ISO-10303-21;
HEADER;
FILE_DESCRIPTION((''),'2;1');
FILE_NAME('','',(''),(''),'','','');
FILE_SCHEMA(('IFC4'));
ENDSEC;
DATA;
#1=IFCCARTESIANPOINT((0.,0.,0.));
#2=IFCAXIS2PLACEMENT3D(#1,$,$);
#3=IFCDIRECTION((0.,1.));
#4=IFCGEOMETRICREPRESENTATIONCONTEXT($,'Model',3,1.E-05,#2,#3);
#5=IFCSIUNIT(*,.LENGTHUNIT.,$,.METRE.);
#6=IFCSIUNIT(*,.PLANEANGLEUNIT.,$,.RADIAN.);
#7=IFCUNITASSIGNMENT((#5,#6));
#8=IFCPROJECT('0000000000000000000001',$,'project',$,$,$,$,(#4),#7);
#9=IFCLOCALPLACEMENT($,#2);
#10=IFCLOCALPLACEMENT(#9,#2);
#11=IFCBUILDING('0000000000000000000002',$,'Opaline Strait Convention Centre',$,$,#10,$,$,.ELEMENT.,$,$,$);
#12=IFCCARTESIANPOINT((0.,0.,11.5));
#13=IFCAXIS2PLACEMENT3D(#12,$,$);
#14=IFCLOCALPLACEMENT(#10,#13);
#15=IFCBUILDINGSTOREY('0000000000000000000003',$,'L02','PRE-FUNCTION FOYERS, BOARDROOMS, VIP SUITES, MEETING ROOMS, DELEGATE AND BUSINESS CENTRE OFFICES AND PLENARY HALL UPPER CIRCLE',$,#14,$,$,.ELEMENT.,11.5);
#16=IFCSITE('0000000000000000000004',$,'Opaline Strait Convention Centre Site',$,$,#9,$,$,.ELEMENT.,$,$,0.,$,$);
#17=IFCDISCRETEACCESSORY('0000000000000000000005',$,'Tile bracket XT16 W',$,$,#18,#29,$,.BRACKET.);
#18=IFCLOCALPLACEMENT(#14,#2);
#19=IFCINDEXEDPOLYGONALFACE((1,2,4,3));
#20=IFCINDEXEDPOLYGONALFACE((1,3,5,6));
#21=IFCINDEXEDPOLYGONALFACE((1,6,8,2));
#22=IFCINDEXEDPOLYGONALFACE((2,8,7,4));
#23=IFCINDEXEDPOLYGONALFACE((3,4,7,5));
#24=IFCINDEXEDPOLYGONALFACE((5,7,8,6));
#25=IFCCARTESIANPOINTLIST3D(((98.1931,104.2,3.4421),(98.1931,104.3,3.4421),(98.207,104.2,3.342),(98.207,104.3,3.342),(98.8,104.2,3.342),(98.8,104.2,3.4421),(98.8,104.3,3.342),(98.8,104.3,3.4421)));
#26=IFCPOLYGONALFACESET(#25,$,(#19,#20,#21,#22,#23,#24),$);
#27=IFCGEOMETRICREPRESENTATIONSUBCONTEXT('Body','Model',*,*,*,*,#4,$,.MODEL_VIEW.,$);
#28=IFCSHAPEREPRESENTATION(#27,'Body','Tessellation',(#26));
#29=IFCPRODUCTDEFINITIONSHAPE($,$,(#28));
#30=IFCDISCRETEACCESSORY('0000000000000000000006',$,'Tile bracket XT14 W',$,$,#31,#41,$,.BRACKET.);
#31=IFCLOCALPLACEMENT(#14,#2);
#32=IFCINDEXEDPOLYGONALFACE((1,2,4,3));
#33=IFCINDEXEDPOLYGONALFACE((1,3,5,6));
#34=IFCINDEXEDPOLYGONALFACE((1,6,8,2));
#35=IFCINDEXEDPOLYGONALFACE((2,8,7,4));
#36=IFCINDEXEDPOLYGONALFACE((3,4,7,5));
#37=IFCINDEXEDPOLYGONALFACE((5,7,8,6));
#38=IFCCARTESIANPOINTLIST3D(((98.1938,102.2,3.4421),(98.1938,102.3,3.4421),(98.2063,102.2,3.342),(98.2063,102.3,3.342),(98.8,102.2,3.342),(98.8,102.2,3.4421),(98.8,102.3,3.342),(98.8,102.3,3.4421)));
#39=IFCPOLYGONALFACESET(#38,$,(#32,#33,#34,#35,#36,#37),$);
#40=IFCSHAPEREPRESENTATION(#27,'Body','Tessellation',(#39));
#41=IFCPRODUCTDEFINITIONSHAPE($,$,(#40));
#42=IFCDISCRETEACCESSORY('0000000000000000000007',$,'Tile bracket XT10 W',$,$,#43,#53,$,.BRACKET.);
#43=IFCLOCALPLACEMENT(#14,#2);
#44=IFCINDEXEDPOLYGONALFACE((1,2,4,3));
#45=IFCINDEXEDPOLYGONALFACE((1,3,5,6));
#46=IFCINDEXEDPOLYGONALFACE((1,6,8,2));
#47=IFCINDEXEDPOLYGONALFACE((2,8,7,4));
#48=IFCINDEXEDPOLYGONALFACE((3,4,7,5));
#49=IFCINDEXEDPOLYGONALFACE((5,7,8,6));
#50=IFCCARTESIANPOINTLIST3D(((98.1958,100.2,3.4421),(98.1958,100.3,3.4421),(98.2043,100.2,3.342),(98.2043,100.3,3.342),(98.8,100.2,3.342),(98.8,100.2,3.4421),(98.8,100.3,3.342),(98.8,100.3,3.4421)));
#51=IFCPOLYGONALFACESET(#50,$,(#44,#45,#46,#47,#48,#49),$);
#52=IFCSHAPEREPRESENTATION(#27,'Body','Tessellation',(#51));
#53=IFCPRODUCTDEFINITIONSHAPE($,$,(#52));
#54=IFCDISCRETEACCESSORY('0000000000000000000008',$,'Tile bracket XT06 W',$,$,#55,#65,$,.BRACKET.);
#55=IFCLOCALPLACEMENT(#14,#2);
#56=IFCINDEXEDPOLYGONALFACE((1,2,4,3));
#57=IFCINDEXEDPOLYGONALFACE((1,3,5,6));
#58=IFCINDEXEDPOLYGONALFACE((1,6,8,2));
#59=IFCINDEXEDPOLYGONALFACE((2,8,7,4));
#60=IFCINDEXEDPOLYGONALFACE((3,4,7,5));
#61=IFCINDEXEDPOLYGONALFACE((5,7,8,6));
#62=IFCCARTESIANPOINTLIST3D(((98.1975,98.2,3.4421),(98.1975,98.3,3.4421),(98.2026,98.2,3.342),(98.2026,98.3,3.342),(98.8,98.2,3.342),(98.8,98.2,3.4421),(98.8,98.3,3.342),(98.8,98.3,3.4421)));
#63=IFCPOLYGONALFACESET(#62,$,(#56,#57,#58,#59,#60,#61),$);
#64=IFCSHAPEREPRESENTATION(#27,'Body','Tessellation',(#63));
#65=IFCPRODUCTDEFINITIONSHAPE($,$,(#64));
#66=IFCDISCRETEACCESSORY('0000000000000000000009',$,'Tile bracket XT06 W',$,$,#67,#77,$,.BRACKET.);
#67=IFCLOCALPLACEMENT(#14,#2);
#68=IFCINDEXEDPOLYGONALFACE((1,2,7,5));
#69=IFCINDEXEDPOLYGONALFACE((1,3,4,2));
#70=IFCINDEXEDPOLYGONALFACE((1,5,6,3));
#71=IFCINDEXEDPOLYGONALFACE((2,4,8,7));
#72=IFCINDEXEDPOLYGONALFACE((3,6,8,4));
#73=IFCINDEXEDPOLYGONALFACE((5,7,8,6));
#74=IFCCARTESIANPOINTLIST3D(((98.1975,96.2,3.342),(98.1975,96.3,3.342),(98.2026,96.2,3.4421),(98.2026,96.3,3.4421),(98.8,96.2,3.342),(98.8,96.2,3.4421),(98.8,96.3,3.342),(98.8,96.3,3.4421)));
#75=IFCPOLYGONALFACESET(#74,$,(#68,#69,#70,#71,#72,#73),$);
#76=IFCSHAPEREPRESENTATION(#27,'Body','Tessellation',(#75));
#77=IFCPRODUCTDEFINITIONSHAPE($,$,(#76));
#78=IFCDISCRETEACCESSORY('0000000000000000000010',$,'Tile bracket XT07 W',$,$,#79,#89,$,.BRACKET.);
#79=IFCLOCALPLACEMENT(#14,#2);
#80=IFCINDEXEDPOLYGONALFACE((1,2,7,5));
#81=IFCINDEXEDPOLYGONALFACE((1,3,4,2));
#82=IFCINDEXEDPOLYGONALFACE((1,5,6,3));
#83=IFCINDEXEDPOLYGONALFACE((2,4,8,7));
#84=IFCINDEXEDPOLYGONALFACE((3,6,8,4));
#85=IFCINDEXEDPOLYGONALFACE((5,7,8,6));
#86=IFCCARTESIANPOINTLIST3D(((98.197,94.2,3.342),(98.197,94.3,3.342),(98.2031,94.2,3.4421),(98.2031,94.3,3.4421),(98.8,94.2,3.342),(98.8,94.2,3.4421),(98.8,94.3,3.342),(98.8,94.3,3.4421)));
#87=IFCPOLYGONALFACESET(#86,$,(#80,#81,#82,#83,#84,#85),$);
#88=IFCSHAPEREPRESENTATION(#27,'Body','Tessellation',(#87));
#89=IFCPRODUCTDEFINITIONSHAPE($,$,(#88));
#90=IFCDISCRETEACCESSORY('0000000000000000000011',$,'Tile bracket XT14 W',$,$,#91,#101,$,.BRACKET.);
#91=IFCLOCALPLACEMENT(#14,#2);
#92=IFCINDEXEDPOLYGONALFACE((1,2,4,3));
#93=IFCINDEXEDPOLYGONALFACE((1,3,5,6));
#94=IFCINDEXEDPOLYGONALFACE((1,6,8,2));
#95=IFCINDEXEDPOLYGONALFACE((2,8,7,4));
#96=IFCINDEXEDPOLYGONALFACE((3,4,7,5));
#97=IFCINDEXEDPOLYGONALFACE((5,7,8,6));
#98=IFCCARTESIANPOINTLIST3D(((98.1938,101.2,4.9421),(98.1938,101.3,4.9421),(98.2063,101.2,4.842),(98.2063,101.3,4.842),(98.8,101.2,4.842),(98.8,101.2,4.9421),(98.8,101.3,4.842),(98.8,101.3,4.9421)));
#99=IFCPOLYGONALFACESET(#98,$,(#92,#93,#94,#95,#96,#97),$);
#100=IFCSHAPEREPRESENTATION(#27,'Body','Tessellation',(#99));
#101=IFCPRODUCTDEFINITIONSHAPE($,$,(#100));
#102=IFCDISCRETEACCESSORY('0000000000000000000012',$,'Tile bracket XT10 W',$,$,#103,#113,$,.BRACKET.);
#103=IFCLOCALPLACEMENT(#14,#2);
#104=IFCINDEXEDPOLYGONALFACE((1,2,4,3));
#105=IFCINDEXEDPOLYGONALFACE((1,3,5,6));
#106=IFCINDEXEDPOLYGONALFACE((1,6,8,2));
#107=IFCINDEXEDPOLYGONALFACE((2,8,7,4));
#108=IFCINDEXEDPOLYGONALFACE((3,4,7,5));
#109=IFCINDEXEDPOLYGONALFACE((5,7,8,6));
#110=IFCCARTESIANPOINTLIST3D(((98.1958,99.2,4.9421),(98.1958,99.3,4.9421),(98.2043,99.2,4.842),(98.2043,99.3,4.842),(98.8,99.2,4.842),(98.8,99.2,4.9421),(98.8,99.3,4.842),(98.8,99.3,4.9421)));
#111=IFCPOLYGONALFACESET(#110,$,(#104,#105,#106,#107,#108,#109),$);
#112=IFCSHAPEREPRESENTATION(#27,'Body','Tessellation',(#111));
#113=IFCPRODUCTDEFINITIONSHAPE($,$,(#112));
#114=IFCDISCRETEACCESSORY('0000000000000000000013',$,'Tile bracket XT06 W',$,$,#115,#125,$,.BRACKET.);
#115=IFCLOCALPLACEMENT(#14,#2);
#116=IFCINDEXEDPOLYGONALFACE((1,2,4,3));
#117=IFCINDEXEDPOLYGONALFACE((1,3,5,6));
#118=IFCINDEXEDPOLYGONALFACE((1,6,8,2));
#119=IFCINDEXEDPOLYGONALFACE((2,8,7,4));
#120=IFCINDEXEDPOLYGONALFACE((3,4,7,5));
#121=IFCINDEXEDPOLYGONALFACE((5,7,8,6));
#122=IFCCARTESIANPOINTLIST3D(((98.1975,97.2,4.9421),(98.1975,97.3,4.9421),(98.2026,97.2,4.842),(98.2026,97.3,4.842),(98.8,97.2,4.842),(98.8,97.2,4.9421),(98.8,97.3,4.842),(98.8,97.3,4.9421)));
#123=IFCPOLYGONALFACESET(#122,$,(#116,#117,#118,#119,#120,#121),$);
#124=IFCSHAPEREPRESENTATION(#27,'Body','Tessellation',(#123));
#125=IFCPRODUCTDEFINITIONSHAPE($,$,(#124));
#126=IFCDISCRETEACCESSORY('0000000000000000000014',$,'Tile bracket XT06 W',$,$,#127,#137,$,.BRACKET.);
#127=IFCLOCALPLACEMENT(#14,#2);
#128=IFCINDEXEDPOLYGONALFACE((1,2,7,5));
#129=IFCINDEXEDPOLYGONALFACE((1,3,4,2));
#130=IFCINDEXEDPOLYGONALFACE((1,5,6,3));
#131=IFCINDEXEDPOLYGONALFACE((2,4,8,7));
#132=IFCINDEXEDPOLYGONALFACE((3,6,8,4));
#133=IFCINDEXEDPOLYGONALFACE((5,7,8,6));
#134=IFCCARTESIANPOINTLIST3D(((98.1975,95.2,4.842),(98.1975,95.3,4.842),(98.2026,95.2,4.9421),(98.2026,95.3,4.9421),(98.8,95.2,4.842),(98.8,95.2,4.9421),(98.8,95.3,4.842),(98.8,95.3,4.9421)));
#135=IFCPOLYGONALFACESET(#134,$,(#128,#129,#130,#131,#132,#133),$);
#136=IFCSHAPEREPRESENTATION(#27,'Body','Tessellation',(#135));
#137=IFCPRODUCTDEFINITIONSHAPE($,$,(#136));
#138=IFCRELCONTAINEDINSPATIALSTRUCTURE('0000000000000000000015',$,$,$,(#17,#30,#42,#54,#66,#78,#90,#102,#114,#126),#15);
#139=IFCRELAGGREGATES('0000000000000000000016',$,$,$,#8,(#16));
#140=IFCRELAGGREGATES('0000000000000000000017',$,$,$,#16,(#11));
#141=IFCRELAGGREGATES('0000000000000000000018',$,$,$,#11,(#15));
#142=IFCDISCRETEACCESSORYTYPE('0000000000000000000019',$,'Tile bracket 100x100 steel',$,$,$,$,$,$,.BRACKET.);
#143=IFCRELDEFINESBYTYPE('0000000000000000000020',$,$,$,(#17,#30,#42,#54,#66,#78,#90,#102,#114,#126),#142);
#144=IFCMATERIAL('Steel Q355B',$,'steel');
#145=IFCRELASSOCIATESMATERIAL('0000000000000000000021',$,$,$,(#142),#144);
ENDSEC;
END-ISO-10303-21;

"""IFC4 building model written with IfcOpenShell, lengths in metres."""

from ifc_helpers import new_model, si_unit, direction, frame, origin, place, context, subcontext, project, spatial, polyline, outline, extrude, material, type_object, element, save


model = new_model("IFC4")

# Units and contexts
model_context = context("Model", 3, precision=1e-05, world=origin(), true_north=direction((0.0, 1.0)))
body_context = subcontext(model_context, "Body", "Model", "MODEL_VIEW")
ifc_project = project(units=[si_unit("LENGTHUNIT", "METRE"), si_unit("PLANEANGLEUNIT", "RADIAN")], contexts=[model_context])

# Site, building, storey
site_placement = place(None, origin())
site = spatial("IfcSite", under=ifc_project, at=site_placement, Name="Opaline Strait Convention Centre Site", CompositionType="ELEMENT", RefElevation=0.0)
building_placement = place(site_placement, origin())
building = spatial("IfcBuilding", under=site, at=building_placement, Name="Opaline Strait Convention Centre", CompositionType="ELEMENT")
storey_placement = place(building_placement, frame((0.0, 0.0, 11.5)))
storey = spatial("IfcBuildingStorey", under=building, at=storey_placement, Name="L02", Description="PRE-FUNCTION FOYERS, BOARDROOMS, VIP SUITES, MEETING ROOMS, DELEGATE AND BUSINESS CENTRE OFFICES AND PLENARY HALL UPPER CIRCLE", CompositionType="ELEMENT", Elevation=11.5)

# Discrete accessories
ifc_material = material(Name="Steel Q355B", Category="steel")
discrete_accessory_type = type_object("IfcDiscreteAccessoryType", Name="Tile bracket 100x100 steel", PredefinedType="BRACKET", material=ifc_material)
discrete_accessory_1_placement = place(storey_placement, frame((98.8, 104.3, 3.3921), z_axis=(0.0, -1.0, 0.0), x_axis=(1.0, 0.0, 0.0)))
element("IfcDiscreteAccessory", 1, at=discrete_accessory_1_placement, inside=storey, type_object=discrete_accessory_type, Name="Tile bracket XT16 W", PredefinedType="BRACKET", context=body_context, shape_type="SweptSolid", body=[
    extrude(outline(polyline([(0.0, -0.05), (0.0, 0.05), (-0.6069, 0.05), (-0.593, -0.05), (0.0, -0.05)])), origin(), (0.0, 0.0, 1.0), 0.1001),
])
discrete_accessory_2_placement = place(storey_placement, frame((98.8, 102.3, 3.3921), z_axis=(0.0, -1.0, 0.0), x_axis=(1.0, 0.0, 0.0)))
element("IfcDiscreteAccessory", 2, at=discrete_accessory_2_placement, inside=storey, type_object=discrete_accessory_type, Name="Tile bracket XT14 W", PredefinedType="BRACKET", context=body_context, shape_type="SweptSolid", body=[
    extrude(outline(polyline([(0.0, -0.05), (0.0, 0.05), (-0.6062, 0.05), (-0.5938, -0.05), (0.0, -0.05)])), origin(), (0.0, 0.0, 1.0), 0.1001),
])
discrete_accessory_3_placement = place(storey_placement, frame((98.8, 100.3, 3.3921), z_axis=(0.0, -1.0, 0.0), x_axis=(1.0, 0.0, 0.0)))
element("IfcDiscreteAccessory", 3, at=discrete_accessory_3_placement, inside=storey, type_object=discrete_accessory_type, Name="Tile bracket XT10 W", PredefinedType="BRACKET", context=body_context, shape_type="SweptSolid", body=[
    extrude(outline(polyline([(0.0, -0.05), (0.0, 0.05), (-0.6042, 0.05), (-0.5957, -0.05), (0.0, -0.05)])), origin(), (0.0, 0.0, 1.0), 0.1001),
])
discrete_accessory_4_placement = place(storey_placement, frame((98.8, 98.3, 3.3921), z_axis=(0.0, -1.0, 0.0), x_axis=(1.0, 0.0, 0.0)))
element("IfcDiscreteAccessory", 4, at=discrete_accessory_4_placement, inside=storey, type_object=discrete_accessory_type, Name="Tile bracket XT06 W", PredefinedType="BRACKET", context=body_context, shape_type="SweptSolid", body=[
    extrude(outline(polyline([(0.0, -0.05), (0.0, 0.05), (-0.6025, 0.05), (-0.5974, -0.05), (0.0, -0.05)])), origin(), (0.0, 0.0, 1.0), 0.1001),
])
discrete_accessory_5_placement = place(storey_placement, frame((98.8, 96.3, 3.3921), z_axis=(0.0, -1.0, 0.0), x_axis=(1.0, 0.0, 0.0)))
element("IfcDiscreteAccessory", 5, at=discrete_accessory_5_placement, inside=storey, type_object=discrete_accessory_type, Name="Tile bracket XT06 W", PredefinedType="BRACKET", context=body_context, shape_type="SweptSolid", body=[
    extrude(outline(polyline([(0.0, -0.05), (0.0, 0.05), (-0.5974, 0.05), (-0.6025, -0.05), (0.0, -0.05)])), origin(), (0.0, 0.0, 1.0), 0.1001),
])
discrete_accessory_6_placement = place(storey_placement, frame((98.8, 94.3, 3.3921), z_axis=(0.0, -1.0, 0.0), x_axis=(1.0, 0.0, 0.0)))
element("IfcDiscreteAccessory", 6, at=discrete_accessory_6_placement, inside=storey, type_object=discrete_accessory_type, Name="Tile bracket XT07 W", PredefinedType="BRACKET", context=body_context, shape_type="SweptSolid", body=[
    extrude(outline(polyline([(0.0, -0.05), (0.0, 0.05), (-0.5969, 0.05), (-0.603, -0.05), (0.0, -0.05)])), origin(), (0.0, 0.0, 1.0), 0.1001),
])
discrete_accessory_7_placement = place(storey_placement, frame((98.8, 101.3, 4.8921), z_axis=(0.0, -1.0, 0.0), x_axis=(1.0, 0.0, 0.0)))
element("IfcDiscreteAccessory", 7, at=discrete_accessory_7_placement, inside=storey, type_object=discrete_accessory_type, Name="Tile bracket XT14 W", PredefinedType="BRACKET", context=body_context, shape_type="SweptSolid", body=[
    extrude(outline(polyline([(0.0, -0.05), (0.0, 0.05), (-0.6062, 0.05), (-0.5938, -0.05), (0.0, -0.05)])), origin(), (0.0, 0.0, 1.0), 0.1001),
])
discrete_accessory_8_placement = place(storey_placement, frame((98.8, 99.3, 4.8921), z_axis=(0.0, -1.0, 0.0), x_axis=(1.0, 0.0, 0.0)))
element("IfcDiscreteAccessory", 8, at=discrete_accessory_8_placement, inside=storey, type_object=discrete_accessory_type, Name="Tile bracket XT10 W", PredefinedType="BRACKET", context=body_context, shape_type="SweptSolid", body=[
    extrude(outline(polyline([(0.0, -0.05), (0.0, 0.05), (-0.6042, 0.05), (-0.5957, -0.05), (0.0, -0.05)])), origin(), (0.0, 0.0, 1.0), 0.1001),
])
discrete_accessory_9_placement = place(storey_placement, frame((98.8, 97.3, 4.8921), z_axis=(0.0, -1.0, 0.0), x_axis=(1.0, 0.0, 0.0)))
element("IfcDiscreteAccessory", 9, at=discrete_accessory_9_placement, inside=storey, type_object=discrete_accessory_type, Name="Tile bracket XT06 W", PredefinedType="BRACKET", context=body_context, shape_type="SweptSolid", body=[
    extrude(outline(polyline([(0.0, -0.05), (0.0, 0.05), (-0.6025, 0.05), (-0.5974, -0.05), (0.0, -0.05)])), origin(), (0.0, 0.0, 1.0), 0.1001),
])
discrete_accessory_10_placement = place(storey_placement, frame((98.8, 95.3, 4.8921), z_axis=(0.0, -1.0, 0.0), x_axis=(1.0, 0.0, 0.0)))
element("IfcDiscreteAccessory", 10, at=discrete_accessory_10_placement, inside=storey, type_object=discrete_accessory_type, Name="Tile bracket XT06 W", PredefinedType="BRACKET", context=body_context, shape_type="SweptSolid", body=[
    extrude(outline(polyline([(0.0, -0.05), (0.0, 0.05), (-0.5974, 0.05), (-0.6025, -0.05), (0.0, -0.05)])), origin(), (0.0, 0.0, 1.0), 0.1001),
])

save(model, "model.ifc")
